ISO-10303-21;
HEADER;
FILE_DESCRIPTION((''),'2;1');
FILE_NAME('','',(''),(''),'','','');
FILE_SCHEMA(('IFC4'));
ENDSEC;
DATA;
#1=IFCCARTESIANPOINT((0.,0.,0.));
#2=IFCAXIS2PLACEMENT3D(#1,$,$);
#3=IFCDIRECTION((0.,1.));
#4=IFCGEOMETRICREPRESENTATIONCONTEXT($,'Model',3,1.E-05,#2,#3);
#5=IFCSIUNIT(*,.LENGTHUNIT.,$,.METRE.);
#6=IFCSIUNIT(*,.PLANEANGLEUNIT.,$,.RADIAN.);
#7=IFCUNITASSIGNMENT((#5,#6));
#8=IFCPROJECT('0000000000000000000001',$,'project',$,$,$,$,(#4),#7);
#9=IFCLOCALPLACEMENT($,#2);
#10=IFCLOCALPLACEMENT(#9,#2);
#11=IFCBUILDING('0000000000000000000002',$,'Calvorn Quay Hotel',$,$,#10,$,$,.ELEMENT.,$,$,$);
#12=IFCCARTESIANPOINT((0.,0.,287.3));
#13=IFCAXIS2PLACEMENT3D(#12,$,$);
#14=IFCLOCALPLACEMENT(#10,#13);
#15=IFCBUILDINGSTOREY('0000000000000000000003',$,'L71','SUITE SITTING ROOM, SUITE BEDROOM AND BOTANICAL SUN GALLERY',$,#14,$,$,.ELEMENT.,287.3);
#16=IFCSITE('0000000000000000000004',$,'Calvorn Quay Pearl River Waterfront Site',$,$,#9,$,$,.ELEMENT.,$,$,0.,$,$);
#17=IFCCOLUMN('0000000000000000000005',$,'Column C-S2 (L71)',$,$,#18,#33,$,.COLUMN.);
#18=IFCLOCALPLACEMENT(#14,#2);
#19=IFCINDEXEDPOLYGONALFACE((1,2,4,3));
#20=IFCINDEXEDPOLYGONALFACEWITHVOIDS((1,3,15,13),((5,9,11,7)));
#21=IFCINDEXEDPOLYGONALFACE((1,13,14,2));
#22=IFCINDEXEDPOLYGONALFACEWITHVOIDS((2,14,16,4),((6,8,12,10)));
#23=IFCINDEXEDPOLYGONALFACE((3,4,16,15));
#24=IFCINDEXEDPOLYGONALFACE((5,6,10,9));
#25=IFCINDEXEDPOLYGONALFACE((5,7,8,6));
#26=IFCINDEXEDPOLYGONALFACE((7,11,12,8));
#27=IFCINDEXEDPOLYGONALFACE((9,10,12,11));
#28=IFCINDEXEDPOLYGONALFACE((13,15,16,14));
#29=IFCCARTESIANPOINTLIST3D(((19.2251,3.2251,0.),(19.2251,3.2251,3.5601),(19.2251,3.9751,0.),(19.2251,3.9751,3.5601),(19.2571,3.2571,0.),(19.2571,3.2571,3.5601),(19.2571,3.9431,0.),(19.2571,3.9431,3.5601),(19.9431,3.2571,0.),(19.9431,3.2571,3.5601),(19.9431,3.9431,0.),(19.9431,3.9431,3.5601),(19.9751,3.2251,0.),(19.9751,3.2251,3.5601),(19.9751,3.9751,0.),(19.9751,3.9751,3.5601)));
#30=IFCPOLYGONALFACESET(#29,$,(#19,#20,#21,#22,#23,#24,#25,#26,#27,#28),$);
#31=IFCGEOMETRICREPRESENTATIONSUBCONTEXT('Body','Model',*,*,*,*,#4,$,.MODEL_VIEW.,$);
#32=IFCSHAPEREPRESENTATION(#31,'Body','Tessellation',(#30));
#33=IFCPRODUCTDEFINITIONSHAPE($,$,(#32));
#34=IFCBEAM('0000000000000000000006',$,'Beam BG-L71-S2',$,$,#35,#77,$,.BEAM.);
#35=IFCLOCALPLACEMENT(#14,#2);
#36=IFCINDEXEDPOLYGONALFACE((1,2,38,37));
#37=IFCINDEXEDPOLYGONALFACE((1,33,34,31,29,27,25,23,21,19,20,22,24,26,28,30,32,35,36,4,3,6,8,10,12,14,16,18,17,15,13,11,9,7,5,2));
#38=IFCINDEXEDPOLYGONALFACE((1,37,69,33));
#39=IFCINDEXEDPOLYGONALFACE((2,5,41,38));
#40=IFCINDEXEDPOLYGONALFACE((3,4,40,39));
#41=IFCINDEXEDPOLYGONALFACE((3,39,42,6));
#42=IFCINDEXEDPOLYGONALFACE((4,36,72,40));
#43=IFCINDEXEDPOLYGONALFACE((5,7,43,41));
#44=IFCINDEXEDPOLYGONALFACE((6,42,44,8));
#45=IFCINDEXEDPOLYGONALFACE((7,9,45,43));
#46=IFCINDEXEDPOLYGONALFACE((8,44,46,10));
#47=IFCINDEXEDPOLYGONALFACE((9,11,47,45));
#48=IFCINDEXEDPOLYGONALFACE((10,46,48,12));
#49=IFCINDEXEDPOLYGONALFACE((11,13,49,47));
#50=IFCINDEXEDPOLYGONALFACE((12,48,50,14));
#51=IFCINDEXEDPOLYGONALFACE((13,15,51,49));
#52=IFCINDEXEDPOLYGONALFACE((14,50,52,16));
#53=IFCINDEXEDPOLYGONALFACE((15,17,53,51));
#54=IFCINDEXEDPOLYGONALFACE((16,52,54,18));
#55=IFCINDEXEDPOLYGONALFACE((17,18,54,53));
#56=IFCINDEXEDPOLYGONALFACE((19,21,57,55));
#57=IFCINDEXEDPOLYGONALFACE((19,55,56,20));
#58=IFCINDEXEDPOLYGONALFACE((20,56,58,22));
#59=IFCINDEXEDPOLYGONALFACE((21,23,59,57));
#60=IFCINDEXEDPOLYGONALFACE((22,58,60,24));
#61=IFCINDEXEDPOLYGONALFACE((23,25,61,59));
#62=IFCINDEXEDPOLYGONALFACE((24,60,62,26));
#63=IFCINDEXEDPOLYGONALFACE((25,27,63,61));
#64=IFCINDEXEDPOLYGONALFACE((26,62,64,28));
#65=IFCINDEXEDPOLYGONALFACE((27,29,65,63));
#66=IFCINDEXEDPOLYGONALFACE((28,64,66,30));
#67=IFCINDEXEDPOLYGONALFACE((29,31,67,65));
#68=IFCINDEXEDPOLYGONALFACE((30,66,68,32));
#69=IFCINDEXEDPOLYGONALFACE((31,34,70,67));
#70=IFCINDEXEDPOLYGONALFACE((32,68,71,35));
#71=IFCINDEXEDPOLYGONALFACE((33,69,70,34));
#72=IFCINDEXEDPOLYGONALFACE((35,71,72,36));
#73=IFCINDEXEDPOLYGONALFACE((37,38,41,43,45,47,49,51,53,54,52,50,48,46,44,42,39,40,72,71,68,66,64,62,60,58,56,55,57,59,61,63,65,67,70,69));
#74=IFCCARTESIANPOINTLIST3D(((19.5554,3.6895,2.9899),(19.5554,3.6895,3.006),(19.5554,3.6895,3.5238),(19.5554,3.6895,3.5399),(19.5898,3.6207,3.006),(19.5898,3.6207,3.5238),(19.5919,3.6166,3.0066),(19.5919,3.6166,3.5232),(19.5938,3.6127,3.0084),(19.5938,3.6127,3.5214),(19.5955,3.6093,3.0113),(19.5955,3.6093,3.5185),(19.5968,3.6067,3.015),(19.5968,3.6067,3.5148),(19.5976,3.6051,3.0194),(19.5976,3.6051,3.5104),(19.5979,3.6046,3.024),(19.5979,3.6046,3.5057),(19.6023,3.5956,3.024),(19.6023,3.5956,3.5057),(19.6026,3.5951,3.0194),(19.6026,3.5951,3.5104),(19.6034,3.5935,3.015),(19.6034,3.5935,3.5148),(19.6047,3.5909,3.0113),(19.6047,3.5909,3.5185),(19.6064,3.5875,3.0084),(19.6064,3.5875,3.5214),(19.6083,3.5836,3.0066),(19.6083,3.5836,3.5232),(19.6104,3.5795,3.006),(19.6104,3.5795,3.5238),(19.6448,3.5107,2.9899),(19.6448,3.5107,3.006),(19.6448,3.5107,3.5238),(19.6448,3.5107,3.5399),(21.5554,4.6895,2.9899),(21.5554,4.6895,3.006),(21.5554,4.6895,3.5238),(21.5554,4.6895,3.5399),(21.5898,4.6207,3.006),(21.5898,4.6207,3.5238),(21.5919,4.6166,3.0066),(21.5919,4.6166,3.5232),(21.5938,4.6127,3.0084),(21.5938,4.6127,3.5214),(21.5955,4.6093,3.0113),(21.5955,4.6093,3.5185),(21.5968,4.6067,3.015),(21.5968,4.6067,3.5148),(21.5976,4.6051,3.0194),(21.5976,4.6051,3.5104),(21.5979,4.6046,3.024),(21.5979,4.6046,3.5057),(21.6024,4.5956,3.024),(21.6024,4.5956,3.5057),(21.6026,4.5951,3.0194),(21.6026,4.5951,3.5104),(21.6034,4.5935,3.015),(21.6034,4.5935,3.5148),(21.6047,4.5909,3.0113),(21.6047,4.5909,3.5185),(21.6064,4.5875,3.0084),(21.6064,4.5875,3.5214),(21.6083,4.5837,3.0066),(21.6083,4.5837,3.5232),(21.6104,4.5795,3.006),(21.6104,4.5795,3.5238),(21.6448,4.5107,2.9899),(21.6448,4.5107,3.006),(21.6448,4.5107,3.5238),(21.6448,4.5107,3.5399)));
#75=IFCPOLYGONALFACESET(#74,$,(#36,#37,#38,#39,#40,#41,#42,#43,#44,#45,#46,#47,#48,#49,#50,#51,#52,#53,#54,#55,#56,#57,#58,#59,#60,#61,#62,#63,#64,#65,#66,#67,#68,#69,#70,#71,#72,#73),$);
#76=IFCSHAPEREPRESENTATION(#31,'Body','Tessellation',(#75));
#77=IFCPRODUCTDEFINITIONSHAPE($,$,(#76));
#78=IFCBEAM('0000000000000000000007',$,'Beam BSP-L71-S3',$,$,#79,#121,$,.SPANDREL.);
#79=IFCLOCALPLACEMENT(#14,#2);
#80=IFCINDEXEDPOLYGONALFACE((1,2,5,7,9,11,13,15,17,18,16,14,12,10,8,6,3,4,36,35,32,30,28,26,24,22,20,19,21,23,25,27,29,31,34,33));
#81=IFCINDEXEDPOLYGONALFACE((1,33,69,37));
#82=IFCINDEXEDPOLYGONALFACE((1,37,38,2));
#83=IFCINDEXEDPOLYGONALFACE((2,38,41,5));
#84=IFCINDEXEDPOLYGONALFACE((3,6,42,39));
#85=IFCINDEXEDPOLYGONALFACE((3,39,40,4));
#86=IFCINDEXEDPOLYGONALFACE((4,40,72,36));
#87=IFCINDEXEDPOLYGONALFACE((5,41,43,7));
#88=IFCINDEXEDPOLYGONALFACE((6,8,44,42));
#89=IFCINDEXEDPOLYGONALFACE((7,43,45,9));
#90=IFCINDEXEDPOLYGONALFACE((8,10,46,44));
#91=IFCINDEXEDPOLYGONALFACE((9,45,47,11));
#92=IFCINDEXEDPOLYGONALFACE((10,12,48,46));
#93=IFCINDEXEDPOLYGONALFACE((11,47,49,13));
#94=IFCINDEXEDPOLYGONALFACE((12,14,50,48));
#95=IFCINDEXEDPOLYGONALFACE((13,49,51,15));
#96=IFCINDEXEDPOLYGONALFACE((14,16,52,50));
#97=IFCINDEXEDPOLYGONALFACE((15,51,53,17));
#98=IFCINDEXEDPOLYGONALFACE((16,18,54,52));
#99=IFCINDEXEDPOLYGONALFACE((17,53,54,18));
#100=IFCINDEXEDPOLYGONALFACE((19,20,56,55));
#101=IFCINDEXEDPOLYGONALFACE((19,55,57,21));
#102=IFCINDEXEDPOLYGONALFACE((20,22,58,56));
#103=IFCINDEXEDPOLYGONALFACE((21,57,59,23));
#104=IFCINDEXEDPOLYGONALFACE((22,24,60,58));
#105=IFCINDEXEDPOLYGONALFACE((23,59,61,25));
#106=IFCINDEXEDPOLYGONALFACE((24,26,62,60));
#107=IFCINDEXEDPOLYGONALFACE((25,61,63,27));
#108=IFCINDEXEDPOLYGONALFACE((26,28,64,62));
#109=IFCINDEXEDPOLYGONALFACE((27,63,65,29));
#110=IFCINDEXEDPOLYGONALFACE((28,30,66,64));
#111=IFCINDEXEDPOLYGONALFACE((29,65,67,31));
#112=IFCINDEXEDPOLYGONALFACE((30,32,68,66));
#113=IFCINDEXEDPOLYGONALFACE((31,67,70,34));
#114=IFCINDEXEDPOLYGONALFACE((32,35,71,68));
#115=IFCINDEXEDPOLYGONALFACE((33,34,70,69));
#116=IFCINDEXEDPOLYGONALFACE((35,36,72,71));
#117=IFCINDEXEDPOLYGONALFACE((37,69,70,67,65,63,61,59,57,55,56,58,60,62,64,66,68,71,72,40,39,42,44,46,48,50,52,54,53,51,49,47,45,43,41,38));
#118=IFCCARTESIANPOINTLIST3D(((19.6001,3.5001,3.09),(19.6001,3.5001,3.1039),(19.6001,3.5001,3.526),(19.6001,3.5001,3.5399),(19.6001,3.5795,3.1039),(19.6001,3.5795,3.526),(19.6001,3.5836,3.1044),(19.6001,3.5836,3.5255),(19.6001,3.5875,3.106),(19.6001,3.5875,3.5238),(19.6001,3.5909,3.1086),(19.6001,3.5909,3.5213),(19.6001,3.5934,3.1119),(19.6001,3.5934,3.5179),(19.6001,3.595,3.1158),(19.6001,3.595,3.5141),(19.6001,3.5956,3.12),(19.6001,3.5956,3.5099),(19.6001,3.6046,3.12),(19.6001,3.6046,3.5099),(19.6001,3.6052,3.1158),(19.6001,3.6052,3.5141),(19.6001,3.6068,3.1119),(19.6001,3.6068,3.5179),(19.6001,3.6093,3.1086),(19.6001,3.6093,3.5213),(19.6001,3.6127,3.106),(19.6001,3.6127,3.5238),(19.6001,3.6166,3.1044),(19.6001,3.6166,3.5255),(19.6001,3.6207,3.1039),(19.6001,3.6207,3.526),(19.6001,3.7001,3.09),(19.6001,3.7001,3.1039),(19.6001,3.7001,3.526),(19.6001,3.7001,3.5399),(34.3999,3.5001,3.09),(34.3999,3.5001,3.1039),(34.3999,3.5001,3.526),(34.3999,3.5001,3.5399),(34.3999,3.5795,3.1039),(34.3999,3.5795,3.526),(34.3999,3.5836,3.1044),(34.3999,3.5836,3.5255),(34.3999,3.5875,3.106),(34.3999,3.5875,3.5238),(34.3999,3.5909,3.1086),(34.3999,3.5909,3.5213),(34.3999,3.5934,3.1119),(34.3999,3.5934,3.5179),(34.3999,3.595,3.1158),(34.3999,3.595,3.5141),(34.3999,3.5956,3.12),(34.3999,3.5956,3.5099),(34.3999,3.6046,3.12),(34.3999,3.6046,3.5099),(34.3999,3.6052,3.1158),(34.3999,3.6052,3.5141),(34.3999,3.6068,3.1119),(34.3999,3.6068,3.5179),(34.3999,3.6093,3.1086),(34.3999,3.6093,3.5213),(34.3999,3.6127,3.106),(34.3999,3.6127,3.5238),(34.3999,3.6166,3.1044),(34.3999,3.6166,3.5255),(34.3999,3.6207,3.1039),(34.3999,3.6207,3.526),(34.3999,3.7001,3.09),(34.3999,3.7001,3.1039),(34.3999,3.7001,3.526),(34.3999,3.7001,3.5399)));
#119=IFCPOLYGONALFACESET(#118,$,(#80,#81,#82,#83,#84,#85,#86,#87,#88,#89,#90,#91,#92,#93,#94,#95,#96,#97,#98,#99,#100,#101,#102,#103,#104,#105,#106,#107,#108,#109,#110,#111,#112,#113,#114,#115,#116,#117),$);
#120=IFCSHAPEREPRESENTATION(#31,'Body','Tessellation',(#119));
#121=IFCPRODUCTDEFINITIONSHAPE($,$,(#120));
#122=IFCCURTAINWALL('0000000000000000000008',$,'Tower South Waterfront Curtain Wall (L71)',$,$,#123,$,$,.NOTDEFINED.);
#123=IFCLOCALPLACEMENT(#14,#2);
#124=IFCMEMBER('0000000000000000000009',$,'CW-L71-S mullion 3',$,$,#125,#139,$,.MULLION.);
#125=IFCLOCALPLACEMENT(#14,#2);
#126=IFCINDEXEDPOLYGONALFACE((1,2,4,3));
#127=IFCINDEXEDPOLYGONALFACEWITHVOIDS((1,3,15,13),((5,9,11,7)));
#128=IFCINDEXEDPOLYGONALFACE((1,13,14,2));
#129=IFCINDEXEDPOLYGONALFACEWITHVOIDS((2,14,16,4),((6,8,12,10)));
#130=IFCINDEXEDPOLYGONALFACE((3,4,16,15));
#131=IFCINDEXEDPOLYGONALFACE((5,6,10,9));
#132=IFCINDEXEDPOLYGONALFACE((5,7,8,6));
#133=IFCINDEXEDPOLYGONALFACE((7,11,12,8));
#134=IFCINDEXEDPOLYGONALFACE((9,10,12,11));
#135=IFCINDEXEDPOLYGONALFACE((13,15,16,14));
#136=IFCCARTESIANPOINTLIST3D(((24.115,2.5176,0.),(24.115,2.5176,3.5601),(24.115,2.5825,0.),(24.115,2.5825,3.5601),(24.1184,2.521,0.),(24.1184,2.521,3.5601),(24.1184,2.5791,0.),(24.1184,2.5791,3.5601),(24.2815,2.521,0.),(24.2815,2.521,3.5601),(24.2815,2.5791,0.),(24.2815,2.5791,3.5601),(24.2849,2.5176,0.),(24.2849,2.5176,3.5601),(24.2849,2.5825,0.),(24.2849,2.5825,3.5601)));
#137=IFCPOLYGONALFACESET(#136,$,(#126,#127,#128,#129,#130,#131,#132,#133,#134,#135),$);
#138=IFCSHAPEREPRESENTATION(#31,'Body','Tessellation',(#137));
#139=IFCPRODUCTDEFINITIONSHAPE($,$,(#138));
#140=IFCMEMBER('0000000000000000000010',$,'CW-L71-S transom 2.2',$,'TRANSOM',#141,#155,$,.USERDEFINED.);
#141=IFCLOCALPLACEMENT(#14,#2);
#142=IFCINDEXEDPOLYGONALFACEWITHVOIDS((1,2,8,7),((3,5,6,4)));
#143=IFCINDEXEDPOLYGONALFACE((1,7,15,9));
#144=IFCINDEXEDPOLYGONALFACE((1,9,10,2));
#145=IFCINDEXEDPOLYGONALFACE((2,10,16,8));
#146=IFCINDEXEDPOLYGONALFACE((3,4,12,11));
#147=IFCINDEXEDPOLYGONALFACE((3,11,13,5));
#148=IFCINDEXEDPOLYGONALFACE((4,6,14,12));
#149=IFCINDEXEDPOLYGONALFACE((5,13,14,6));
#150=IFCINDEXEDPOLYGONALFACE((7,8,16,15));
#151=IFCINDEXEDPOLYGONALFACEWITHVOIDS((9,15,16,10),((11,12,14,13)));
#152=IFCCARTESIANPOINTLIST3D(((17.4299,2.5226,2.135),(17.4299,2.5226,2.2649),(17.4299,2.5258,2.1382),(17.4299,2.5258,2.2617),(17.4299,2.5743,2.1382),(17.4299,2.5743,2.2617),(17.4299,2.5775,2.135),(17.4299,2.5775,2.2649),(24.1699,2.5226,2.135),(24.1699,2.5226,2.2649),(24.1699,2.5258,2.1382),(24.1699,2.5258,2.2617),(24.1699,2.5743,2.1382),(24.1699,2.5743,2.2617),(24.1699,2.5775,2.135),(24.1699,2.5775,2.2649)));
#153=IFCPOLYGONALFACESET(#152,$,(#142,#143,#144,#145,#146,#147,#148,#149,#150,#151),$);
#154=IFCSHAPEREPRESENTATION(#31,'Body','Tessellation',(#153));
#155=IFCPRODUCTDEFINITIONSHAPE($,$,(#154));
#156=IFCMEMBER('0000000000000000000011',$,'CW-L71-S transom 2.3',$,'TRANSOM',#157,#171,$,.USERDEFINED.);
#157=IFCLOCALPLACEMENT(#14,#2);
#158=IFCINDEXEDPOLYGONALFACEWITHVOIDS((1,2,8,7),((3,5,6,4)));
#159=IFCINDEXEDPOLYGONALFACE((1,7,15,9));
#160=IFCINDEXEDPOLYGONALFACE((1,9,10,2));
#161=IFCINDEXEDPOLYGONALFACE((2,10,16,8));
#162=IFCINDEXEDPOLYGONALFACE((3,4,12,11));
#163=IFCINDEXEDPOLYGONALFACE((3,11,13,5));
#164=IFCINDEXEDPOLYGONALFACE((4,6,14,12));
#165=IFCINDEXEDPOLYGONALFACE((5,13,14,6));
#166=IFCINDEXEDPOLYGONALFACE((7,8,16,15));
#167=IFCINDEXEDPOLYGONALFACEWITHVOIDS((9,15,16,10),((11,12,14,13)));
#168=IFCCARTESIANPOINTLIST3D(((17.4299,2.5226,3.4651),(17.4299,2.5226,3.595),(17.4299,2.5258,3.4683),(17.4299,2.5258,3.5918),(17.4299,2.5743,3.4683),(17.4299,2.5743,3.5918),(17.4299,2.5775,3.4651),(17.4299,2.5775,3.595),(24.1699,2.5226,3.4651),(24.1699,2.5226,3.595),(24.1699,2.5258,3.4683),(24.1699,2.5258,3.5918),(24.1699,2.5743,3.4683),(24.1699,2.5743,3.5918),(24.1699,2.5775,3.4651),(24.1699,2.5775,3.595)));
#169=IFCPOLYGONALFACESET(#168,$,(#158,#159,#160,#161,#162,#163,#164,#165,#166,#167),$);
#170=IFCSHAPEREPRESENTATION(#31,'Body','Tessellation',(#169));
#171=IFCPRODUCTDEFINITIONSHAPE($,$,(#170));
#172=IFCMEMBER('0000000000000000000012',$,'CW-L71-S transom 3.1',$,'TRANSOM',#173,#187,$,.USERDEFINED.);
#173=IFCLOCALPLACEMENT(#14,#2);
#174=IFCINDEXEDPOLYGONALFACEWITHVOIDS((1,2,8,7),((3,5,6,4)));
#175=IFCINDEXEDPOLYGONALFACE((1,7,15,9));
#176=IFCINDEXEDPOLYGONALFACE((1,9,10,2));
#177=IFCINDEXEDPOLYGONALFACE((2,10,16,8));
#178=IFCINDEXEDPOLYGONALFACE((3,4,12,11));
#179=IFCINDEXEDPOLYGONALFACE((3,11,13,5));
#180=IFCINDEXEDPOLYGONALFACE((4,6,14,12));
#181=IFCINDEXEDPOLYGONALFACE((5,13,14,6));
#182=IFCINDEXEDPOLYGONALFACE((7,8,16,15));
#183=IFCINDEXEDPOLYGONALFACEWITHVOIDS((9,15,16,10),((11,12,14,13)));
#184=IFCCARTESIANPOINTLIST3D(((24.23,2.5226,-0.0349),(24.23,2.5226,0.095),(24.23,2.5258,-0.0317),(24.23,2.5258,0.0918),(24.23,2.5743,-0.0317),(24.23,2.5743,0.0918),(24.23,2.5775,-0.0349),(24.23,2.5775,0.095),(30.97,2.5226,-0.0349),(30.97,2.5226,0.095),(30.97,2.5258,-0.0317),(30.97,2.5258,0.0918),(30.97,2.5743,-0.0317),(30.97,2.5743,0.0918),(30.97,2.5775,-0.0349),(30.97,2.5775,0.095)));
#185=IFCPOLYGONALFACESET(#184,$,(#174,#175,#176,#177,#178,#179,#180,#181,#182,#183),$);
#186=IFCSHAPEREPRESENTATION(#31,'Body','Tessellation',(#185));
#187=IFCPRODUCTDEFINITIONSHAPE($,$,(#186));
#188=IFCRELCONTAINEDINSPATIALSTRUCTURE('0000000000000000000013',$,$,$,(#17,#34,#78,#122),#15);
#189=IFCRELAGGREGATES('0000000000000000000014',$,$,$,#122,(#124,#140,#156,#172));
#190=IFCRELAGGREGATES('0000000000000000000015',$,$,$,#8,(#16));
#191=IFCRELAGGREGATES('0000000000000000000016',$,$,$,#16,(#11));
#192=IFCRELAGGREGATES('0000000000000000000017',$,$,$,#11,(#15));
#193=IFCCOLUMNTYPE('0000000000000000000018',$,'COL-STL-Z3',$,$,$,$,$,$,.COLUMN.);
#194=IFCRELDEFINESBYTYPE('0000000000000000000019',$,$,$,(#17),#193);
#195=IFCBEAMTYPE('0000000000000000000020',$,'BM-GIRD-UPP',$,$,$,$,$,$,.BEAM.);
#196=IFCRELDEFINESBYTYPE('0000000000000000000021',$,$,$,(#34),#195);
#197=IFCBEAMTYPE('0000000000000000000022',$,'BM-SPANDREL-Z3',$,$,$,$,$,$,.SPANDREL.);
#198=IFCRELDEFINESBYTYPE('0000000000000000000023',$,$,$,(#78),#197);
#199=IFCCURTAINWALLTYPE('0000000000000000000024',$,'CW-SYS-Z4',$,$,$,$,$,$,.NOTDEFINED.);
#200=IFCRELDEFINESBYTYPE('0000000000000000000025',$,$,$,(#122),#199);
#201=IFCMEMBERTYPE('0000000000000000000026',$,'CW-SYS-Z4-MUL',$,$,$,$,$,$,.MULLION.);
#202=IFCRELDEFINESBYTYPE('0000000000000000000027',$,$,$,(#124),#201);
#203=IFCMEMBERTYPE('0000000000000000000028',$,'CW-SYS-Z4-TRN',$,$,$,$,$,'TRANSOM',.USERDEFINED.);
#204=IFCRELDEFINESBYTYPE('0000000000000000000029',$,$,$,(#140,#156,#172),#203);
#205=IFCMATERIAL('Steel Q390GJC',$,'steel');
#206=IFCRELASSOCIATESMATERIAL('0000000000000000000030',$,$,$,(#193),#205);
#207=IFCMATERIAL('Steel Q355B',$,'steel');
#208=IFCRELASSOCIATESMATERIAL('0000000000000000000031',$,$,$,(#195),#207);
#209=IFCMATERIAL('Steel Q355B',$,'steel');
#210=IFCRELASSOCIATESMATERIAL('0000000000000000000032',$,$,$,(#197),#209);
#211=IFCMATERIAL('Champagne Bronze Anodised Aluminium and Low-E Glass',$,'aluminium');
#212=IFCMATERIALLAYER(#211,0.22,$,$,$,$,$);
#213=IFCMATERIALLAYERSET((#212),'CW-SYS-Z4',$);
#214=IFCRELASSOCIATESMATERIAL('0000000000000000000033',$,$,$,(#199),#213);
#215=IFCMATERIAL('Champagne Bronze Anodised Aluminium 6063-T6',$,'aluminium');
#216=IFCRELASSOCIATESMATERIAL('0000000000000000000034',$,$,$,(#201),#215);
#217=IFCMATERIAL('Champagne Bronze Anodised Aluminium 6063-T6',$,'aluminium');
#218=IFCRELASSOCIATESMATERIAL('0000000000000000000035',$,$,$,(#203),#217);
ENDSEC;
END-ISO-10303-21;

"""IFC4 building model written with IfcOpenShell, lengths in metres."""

from ifc_helpers import new_model, si_unit, direction, frame, origin, origin_2d, place, context, subcontext, project, spatial, hollow_rectangle, i_section, extrude, material, layer, layer_set, material_profile, profile_set, type_object, element, aggregate, save


model = new_model("IFC4")

# Units and contexts
model_context = context("Model", 3, precision=1e-05, world=origin(), true_north=direction((0.0, 1.0)))
body_context = subcontext(model_context, "Body", "Model", "MODEL_VIEW")
ifc_project = project(units=[si_unit("LENGTHUNIT", "METRE"), si_unit("PLANEANGLEUNIT", "RADIAN")], contexts=[model_context])

# Site, building, storey
site_placement = place(None, origin())
site = spatial("IfcSite", under=ifc_project, at=site_placement, Name="Calvorn Quay Pearl River Waterfront Site", CompositionType="ELEMENT", RefElevation=0.0)
building_placement = place(site_placement, origin())
building = spatial("IfcBuilding", under=site, at=building_placement, Name="Calvorn Quay Hotel", CompositionType="ELEMENT")
storey_placement = place(building_placement, frame((0.0, 0.0, 287.3)))
storey = spatial("IfcBuildingStorey", under=building, at=storey_placement, Name="L71", Description="SUITE SITTING ROOM, SUITE BEDROOM AND BOTANICAL SUN GALLERY", CompositionType="ELEMENT", Elevation=287.3)

# Column
ifc_material_1 = material(Name="Steel Q390GJC", Category="steel")
ifc_material_profile_1 = material_profile(ifc_material_1, hollow_rectangle(XDim=0.75, YDim=0.75, WallThickness=0.032, at=origin_2d()), Name="BOX750x750x32")
ifc_profile_set_1 = profile_set([ifc_material_profile_1], Name="Steel Q390GJC")
column_type = type_object("IfcColumnType", Name="COL-STL-Z3", PredefinedType="COLUMN", material=ifc_profile_set_1)
column_placement = place(storey_placement, frame((19.6001, 3.6001, 0.0), z_axis=(0.0, 0.0, 1.0), x_axis=(1.0, 0.0, 0.0)))
element("IfcColumn", 1, at=column_placement, inside=storey, type_object=column_type, Name="Column C-S2 (L71)", PredefinedType="COLUMN", context=body_context, shape_type="SweptSolid", body=[
    extrude(hollow_rectangle(XDim=0.75, YDim=0.75, WallThickness=0.032, at=origin_2d()), origin(), (0.0, 0.0, 1.0), 3.5601),
])

# Beams
ifc_material_2 = material(Name="Steel Q355B", Category="steel")
ifc_material_profile_2 = material_profile(ifc_material_2, i_section(OverallWidth=0.2, OverallDepth=0.55, WebThickness=0.01, FlangeThickness=0.0161, FilletRadius=0.0181, at=origin_2d()), Name="HN550x200x10x16")
ifc_profile_set_2 = profile_set([ifc_material_profile_2], Name="Steel Q355B")
beam_type_1 = type_object("IfcBeamType", Name="BM-GIRD-UPP", PredefinedType="BEAM", material=ifc_profile_set_2)
beam_1_placement = place(storey_placement, frame((19.6001, 3.6001, 3.2649), z_axis=(0.894427, 0.447214, 0.0), x_axis=(-0.447214, 0.894427, 0.0)))
element("IfcBeam", 2, at=beam_1_placement, inside=storey, type_object=beam_type_1, Name="Beam BG-L71-S2", PredefinedType="BEAM", context=body_context, shape_type="SweptSolid", body=[
    extrude(i_section(OverallWidth=0.2, OverallDepth=0.55, WebThickness=0.01, FlangeThickness=0.0161, FilletRadius=0.0181, at=origin_2d()), origin(), (0.0, 0.0, 1.0), 2.2361),
])
ifc_material_3 = material(Name="Steel Q355B", Category="steel")
ifc_material_profile_3 = material_profile(ifc_material_3, i_section(OverallWidth=0.2, OverallDepth=0.45, WebThickness=0.009, FlangeThickness=0.0139, FilletRadius=0.0161, at=origin_2d()), Name="HN450x200x9x14")
ifc_profile_set_3 = profile_set([ifc_material_profile_3], Name="Steel Q355B")
beam_type_2 = type_object("IfcBeamType", Name="BM-SPANDREL-Z3", PredefinedType="SPANDREL", material=ifc_profile_set_3)
beam_2_placement = place(storey_placement, frame((19.6001, 3.6001, 3.3149), z_axis=(1.0, 0.0, 0.0), x_axis=(0.0, 1.0, 0.0)))
element("IfcBeam", 3, at=beam_2_placement, inside=storey, type_object=beam_type_2, Name="Beam BSP-L71-S3", PredefinedType="SPANDREL", context=body_context, shape_type="SweptSolid", body=[
    extrude(i_section(OverallWidth=0.2, OverallDepth=0.45, WebThickness=0.009, FlangeThickness=0.0139, FilletRadius=0.0161, at=origin_2d()), origin(), (0.0, 0.0, 1.0), 14.7998),
])

# Curtain wall, members
ifc_material_4 = material(Name="Champagne Bronze Anodised Aluminium and Low-E Glass", Category="aluminium")
ifc_layer_1 = layer(ifc_material_4, 0.22)
ifc_layer_set_1 = layer_set([ifc_layer_1], Name="CW-SYS-Z4")
curtain_wall_type = type_object("IfcCurtainWallType", Name="CW-SYS-Z4", PredefinedType="NOTDEFINED", material=ifc_layer_set_1)
curtain_wall_placement = place(storey_placement, origin())
curtain_wall = element("IfcCurtainWall", 4, at=curtain_wall_placement, inside=storey, type_object=curtain_wall_type, Name="Tower South Waterfront Curtain Wall (L71)", PredefinedType="NOTDEFINED")
ifc_material_5 = material(Name="Champagne Bronze Anodised Aluminium 6063-T6", Category="aluminium")
ifc_material_profile_4 = material_profile(ifc_material_5, hollow_rectangle(XDim=0.0649, YDim=0.1699, WallThickness=0.0034, at=origin_2d()), Name="ALU-M170x65x3.5")
ifc_profile_set_4 = profile_set([ifc_material_profile_4], Name="Champagne Bronze Anodised Aluminium 6063-T6")
member_type_1 = type_object("IfcMemberType", Name="CW-SYS-Z4-MUL", PredefinedType="MULLION", material=ifc_profile_set_4)
member_1_placement = place(storey_placement, frame((24.2, 2.55, 0.0), z_axis=(0.0, 0.0, 1.0), x_axis=(0.0, 1.0, 0.0)))
member_1 = element("IfcMember", 5, at=member_1_placement, type_object=member_type_1, Name="CW-L71-S mullion 3", PredefinedType="MULLION", context=body_context, shape_type="SweptSolid", body=[
    extrude(hollow_rectangle(XDim=0.0649, YDim=0.1699, WallThickness=0.0034, at=origin_2d()), origin(), (0.0, 0.0, 1.0), 3.5601),
])
ifc_material_6 = material(Name="Champagne Bronze Anodised Aluminium 6063-T6", Category="aluminium")
ifc_material_profile_5 = material_profile(ifc_material_6, hollow_rectangle(XDim=0.0549, YDim=0.1299, WallThickness=0.0032, at=origin_2d()), Name="ALU-T130x55x3.2")
ifc_profile_set_5 = profile_set([ifc_material_profile_5], Name="Champagne Bronze Anodised Aluminium 6063-T6")
member_type_2 = type_object("IfcMemberType", Name="CW-SYS-Z4-TRN", ElementType="TRANSOM", PredefinedType="USERDEFINED", material=ifc_profile_set_5)
member_2_placement = place(storey_placement, frame((17.4299, 2.55, 2.2), z_axis=(1.0, 0.0, 0.0), x_axis=(0.0, 1.0, 0.0)))
member_2 = element("IfcMember", 6, at=member_2_placement, type_object=member_type_2, Name="CW-L71-S transom 2.2", ObjectType="TRANSOM", PredefinedType="USERDEFINED", context=body_context, shape_type="SweptSolid", body=[
    extrude(hollow_rectangle(XDim=0.0549, YDim=0.1299, WallThickness=0.0032, at=origin_2d()), origin(), (0.0, 0.0, 1.0), 6.74),
])
member_3_placement = place(storey_placement, frame((17.4299, 2.55, 3.53), z_axis=(1.0, 0.0, 0.0), x_axis=(0.0, 1.0, 0.0)))
member_3 = element("IfcMember", 7, at=member_3_placement, type_object=member_type_2, Name="CW-L71-S transom 2.3", ObjectType="TRANSOM", PredefinedType="USERDEFINED", context=body_context, shape_type="SweptSolid", body=[
    extrude(hollow_rectangle(XDim=0.0549, YDim=0.1299, WallThickness=0.0032, at=origin_2d()), origin(), (0.0, 0.0, 1.0), 6.74),
])
member_4_placement = place(storey_placement, frame((24.23, 2.55, 0.03), z_axis=(1.0, 0.0, 0.0), x_axis=(0.0, 1.0, 0.0)))
member_4 = element("IfcMember", 8, at=member_4_placement, type_object=member_type_2, Name="CW-L71-S transom 3.1", ObjectType="TRANSOM", PredefinedType="USERDEFINED", context=body_context, shape_type="SweptSolid", body=[
    extrude(hollow_rectangle(XDim=0.0549, YDim=0.1299, WallThickness=0.0032, at=origin_2d()), origin(), (0.0, 0.0, 1.0), 6.74),
])
aggregate(curtain_wall, [member_1, member_2, member_3, member_4])

save(model, "model.ifc")
